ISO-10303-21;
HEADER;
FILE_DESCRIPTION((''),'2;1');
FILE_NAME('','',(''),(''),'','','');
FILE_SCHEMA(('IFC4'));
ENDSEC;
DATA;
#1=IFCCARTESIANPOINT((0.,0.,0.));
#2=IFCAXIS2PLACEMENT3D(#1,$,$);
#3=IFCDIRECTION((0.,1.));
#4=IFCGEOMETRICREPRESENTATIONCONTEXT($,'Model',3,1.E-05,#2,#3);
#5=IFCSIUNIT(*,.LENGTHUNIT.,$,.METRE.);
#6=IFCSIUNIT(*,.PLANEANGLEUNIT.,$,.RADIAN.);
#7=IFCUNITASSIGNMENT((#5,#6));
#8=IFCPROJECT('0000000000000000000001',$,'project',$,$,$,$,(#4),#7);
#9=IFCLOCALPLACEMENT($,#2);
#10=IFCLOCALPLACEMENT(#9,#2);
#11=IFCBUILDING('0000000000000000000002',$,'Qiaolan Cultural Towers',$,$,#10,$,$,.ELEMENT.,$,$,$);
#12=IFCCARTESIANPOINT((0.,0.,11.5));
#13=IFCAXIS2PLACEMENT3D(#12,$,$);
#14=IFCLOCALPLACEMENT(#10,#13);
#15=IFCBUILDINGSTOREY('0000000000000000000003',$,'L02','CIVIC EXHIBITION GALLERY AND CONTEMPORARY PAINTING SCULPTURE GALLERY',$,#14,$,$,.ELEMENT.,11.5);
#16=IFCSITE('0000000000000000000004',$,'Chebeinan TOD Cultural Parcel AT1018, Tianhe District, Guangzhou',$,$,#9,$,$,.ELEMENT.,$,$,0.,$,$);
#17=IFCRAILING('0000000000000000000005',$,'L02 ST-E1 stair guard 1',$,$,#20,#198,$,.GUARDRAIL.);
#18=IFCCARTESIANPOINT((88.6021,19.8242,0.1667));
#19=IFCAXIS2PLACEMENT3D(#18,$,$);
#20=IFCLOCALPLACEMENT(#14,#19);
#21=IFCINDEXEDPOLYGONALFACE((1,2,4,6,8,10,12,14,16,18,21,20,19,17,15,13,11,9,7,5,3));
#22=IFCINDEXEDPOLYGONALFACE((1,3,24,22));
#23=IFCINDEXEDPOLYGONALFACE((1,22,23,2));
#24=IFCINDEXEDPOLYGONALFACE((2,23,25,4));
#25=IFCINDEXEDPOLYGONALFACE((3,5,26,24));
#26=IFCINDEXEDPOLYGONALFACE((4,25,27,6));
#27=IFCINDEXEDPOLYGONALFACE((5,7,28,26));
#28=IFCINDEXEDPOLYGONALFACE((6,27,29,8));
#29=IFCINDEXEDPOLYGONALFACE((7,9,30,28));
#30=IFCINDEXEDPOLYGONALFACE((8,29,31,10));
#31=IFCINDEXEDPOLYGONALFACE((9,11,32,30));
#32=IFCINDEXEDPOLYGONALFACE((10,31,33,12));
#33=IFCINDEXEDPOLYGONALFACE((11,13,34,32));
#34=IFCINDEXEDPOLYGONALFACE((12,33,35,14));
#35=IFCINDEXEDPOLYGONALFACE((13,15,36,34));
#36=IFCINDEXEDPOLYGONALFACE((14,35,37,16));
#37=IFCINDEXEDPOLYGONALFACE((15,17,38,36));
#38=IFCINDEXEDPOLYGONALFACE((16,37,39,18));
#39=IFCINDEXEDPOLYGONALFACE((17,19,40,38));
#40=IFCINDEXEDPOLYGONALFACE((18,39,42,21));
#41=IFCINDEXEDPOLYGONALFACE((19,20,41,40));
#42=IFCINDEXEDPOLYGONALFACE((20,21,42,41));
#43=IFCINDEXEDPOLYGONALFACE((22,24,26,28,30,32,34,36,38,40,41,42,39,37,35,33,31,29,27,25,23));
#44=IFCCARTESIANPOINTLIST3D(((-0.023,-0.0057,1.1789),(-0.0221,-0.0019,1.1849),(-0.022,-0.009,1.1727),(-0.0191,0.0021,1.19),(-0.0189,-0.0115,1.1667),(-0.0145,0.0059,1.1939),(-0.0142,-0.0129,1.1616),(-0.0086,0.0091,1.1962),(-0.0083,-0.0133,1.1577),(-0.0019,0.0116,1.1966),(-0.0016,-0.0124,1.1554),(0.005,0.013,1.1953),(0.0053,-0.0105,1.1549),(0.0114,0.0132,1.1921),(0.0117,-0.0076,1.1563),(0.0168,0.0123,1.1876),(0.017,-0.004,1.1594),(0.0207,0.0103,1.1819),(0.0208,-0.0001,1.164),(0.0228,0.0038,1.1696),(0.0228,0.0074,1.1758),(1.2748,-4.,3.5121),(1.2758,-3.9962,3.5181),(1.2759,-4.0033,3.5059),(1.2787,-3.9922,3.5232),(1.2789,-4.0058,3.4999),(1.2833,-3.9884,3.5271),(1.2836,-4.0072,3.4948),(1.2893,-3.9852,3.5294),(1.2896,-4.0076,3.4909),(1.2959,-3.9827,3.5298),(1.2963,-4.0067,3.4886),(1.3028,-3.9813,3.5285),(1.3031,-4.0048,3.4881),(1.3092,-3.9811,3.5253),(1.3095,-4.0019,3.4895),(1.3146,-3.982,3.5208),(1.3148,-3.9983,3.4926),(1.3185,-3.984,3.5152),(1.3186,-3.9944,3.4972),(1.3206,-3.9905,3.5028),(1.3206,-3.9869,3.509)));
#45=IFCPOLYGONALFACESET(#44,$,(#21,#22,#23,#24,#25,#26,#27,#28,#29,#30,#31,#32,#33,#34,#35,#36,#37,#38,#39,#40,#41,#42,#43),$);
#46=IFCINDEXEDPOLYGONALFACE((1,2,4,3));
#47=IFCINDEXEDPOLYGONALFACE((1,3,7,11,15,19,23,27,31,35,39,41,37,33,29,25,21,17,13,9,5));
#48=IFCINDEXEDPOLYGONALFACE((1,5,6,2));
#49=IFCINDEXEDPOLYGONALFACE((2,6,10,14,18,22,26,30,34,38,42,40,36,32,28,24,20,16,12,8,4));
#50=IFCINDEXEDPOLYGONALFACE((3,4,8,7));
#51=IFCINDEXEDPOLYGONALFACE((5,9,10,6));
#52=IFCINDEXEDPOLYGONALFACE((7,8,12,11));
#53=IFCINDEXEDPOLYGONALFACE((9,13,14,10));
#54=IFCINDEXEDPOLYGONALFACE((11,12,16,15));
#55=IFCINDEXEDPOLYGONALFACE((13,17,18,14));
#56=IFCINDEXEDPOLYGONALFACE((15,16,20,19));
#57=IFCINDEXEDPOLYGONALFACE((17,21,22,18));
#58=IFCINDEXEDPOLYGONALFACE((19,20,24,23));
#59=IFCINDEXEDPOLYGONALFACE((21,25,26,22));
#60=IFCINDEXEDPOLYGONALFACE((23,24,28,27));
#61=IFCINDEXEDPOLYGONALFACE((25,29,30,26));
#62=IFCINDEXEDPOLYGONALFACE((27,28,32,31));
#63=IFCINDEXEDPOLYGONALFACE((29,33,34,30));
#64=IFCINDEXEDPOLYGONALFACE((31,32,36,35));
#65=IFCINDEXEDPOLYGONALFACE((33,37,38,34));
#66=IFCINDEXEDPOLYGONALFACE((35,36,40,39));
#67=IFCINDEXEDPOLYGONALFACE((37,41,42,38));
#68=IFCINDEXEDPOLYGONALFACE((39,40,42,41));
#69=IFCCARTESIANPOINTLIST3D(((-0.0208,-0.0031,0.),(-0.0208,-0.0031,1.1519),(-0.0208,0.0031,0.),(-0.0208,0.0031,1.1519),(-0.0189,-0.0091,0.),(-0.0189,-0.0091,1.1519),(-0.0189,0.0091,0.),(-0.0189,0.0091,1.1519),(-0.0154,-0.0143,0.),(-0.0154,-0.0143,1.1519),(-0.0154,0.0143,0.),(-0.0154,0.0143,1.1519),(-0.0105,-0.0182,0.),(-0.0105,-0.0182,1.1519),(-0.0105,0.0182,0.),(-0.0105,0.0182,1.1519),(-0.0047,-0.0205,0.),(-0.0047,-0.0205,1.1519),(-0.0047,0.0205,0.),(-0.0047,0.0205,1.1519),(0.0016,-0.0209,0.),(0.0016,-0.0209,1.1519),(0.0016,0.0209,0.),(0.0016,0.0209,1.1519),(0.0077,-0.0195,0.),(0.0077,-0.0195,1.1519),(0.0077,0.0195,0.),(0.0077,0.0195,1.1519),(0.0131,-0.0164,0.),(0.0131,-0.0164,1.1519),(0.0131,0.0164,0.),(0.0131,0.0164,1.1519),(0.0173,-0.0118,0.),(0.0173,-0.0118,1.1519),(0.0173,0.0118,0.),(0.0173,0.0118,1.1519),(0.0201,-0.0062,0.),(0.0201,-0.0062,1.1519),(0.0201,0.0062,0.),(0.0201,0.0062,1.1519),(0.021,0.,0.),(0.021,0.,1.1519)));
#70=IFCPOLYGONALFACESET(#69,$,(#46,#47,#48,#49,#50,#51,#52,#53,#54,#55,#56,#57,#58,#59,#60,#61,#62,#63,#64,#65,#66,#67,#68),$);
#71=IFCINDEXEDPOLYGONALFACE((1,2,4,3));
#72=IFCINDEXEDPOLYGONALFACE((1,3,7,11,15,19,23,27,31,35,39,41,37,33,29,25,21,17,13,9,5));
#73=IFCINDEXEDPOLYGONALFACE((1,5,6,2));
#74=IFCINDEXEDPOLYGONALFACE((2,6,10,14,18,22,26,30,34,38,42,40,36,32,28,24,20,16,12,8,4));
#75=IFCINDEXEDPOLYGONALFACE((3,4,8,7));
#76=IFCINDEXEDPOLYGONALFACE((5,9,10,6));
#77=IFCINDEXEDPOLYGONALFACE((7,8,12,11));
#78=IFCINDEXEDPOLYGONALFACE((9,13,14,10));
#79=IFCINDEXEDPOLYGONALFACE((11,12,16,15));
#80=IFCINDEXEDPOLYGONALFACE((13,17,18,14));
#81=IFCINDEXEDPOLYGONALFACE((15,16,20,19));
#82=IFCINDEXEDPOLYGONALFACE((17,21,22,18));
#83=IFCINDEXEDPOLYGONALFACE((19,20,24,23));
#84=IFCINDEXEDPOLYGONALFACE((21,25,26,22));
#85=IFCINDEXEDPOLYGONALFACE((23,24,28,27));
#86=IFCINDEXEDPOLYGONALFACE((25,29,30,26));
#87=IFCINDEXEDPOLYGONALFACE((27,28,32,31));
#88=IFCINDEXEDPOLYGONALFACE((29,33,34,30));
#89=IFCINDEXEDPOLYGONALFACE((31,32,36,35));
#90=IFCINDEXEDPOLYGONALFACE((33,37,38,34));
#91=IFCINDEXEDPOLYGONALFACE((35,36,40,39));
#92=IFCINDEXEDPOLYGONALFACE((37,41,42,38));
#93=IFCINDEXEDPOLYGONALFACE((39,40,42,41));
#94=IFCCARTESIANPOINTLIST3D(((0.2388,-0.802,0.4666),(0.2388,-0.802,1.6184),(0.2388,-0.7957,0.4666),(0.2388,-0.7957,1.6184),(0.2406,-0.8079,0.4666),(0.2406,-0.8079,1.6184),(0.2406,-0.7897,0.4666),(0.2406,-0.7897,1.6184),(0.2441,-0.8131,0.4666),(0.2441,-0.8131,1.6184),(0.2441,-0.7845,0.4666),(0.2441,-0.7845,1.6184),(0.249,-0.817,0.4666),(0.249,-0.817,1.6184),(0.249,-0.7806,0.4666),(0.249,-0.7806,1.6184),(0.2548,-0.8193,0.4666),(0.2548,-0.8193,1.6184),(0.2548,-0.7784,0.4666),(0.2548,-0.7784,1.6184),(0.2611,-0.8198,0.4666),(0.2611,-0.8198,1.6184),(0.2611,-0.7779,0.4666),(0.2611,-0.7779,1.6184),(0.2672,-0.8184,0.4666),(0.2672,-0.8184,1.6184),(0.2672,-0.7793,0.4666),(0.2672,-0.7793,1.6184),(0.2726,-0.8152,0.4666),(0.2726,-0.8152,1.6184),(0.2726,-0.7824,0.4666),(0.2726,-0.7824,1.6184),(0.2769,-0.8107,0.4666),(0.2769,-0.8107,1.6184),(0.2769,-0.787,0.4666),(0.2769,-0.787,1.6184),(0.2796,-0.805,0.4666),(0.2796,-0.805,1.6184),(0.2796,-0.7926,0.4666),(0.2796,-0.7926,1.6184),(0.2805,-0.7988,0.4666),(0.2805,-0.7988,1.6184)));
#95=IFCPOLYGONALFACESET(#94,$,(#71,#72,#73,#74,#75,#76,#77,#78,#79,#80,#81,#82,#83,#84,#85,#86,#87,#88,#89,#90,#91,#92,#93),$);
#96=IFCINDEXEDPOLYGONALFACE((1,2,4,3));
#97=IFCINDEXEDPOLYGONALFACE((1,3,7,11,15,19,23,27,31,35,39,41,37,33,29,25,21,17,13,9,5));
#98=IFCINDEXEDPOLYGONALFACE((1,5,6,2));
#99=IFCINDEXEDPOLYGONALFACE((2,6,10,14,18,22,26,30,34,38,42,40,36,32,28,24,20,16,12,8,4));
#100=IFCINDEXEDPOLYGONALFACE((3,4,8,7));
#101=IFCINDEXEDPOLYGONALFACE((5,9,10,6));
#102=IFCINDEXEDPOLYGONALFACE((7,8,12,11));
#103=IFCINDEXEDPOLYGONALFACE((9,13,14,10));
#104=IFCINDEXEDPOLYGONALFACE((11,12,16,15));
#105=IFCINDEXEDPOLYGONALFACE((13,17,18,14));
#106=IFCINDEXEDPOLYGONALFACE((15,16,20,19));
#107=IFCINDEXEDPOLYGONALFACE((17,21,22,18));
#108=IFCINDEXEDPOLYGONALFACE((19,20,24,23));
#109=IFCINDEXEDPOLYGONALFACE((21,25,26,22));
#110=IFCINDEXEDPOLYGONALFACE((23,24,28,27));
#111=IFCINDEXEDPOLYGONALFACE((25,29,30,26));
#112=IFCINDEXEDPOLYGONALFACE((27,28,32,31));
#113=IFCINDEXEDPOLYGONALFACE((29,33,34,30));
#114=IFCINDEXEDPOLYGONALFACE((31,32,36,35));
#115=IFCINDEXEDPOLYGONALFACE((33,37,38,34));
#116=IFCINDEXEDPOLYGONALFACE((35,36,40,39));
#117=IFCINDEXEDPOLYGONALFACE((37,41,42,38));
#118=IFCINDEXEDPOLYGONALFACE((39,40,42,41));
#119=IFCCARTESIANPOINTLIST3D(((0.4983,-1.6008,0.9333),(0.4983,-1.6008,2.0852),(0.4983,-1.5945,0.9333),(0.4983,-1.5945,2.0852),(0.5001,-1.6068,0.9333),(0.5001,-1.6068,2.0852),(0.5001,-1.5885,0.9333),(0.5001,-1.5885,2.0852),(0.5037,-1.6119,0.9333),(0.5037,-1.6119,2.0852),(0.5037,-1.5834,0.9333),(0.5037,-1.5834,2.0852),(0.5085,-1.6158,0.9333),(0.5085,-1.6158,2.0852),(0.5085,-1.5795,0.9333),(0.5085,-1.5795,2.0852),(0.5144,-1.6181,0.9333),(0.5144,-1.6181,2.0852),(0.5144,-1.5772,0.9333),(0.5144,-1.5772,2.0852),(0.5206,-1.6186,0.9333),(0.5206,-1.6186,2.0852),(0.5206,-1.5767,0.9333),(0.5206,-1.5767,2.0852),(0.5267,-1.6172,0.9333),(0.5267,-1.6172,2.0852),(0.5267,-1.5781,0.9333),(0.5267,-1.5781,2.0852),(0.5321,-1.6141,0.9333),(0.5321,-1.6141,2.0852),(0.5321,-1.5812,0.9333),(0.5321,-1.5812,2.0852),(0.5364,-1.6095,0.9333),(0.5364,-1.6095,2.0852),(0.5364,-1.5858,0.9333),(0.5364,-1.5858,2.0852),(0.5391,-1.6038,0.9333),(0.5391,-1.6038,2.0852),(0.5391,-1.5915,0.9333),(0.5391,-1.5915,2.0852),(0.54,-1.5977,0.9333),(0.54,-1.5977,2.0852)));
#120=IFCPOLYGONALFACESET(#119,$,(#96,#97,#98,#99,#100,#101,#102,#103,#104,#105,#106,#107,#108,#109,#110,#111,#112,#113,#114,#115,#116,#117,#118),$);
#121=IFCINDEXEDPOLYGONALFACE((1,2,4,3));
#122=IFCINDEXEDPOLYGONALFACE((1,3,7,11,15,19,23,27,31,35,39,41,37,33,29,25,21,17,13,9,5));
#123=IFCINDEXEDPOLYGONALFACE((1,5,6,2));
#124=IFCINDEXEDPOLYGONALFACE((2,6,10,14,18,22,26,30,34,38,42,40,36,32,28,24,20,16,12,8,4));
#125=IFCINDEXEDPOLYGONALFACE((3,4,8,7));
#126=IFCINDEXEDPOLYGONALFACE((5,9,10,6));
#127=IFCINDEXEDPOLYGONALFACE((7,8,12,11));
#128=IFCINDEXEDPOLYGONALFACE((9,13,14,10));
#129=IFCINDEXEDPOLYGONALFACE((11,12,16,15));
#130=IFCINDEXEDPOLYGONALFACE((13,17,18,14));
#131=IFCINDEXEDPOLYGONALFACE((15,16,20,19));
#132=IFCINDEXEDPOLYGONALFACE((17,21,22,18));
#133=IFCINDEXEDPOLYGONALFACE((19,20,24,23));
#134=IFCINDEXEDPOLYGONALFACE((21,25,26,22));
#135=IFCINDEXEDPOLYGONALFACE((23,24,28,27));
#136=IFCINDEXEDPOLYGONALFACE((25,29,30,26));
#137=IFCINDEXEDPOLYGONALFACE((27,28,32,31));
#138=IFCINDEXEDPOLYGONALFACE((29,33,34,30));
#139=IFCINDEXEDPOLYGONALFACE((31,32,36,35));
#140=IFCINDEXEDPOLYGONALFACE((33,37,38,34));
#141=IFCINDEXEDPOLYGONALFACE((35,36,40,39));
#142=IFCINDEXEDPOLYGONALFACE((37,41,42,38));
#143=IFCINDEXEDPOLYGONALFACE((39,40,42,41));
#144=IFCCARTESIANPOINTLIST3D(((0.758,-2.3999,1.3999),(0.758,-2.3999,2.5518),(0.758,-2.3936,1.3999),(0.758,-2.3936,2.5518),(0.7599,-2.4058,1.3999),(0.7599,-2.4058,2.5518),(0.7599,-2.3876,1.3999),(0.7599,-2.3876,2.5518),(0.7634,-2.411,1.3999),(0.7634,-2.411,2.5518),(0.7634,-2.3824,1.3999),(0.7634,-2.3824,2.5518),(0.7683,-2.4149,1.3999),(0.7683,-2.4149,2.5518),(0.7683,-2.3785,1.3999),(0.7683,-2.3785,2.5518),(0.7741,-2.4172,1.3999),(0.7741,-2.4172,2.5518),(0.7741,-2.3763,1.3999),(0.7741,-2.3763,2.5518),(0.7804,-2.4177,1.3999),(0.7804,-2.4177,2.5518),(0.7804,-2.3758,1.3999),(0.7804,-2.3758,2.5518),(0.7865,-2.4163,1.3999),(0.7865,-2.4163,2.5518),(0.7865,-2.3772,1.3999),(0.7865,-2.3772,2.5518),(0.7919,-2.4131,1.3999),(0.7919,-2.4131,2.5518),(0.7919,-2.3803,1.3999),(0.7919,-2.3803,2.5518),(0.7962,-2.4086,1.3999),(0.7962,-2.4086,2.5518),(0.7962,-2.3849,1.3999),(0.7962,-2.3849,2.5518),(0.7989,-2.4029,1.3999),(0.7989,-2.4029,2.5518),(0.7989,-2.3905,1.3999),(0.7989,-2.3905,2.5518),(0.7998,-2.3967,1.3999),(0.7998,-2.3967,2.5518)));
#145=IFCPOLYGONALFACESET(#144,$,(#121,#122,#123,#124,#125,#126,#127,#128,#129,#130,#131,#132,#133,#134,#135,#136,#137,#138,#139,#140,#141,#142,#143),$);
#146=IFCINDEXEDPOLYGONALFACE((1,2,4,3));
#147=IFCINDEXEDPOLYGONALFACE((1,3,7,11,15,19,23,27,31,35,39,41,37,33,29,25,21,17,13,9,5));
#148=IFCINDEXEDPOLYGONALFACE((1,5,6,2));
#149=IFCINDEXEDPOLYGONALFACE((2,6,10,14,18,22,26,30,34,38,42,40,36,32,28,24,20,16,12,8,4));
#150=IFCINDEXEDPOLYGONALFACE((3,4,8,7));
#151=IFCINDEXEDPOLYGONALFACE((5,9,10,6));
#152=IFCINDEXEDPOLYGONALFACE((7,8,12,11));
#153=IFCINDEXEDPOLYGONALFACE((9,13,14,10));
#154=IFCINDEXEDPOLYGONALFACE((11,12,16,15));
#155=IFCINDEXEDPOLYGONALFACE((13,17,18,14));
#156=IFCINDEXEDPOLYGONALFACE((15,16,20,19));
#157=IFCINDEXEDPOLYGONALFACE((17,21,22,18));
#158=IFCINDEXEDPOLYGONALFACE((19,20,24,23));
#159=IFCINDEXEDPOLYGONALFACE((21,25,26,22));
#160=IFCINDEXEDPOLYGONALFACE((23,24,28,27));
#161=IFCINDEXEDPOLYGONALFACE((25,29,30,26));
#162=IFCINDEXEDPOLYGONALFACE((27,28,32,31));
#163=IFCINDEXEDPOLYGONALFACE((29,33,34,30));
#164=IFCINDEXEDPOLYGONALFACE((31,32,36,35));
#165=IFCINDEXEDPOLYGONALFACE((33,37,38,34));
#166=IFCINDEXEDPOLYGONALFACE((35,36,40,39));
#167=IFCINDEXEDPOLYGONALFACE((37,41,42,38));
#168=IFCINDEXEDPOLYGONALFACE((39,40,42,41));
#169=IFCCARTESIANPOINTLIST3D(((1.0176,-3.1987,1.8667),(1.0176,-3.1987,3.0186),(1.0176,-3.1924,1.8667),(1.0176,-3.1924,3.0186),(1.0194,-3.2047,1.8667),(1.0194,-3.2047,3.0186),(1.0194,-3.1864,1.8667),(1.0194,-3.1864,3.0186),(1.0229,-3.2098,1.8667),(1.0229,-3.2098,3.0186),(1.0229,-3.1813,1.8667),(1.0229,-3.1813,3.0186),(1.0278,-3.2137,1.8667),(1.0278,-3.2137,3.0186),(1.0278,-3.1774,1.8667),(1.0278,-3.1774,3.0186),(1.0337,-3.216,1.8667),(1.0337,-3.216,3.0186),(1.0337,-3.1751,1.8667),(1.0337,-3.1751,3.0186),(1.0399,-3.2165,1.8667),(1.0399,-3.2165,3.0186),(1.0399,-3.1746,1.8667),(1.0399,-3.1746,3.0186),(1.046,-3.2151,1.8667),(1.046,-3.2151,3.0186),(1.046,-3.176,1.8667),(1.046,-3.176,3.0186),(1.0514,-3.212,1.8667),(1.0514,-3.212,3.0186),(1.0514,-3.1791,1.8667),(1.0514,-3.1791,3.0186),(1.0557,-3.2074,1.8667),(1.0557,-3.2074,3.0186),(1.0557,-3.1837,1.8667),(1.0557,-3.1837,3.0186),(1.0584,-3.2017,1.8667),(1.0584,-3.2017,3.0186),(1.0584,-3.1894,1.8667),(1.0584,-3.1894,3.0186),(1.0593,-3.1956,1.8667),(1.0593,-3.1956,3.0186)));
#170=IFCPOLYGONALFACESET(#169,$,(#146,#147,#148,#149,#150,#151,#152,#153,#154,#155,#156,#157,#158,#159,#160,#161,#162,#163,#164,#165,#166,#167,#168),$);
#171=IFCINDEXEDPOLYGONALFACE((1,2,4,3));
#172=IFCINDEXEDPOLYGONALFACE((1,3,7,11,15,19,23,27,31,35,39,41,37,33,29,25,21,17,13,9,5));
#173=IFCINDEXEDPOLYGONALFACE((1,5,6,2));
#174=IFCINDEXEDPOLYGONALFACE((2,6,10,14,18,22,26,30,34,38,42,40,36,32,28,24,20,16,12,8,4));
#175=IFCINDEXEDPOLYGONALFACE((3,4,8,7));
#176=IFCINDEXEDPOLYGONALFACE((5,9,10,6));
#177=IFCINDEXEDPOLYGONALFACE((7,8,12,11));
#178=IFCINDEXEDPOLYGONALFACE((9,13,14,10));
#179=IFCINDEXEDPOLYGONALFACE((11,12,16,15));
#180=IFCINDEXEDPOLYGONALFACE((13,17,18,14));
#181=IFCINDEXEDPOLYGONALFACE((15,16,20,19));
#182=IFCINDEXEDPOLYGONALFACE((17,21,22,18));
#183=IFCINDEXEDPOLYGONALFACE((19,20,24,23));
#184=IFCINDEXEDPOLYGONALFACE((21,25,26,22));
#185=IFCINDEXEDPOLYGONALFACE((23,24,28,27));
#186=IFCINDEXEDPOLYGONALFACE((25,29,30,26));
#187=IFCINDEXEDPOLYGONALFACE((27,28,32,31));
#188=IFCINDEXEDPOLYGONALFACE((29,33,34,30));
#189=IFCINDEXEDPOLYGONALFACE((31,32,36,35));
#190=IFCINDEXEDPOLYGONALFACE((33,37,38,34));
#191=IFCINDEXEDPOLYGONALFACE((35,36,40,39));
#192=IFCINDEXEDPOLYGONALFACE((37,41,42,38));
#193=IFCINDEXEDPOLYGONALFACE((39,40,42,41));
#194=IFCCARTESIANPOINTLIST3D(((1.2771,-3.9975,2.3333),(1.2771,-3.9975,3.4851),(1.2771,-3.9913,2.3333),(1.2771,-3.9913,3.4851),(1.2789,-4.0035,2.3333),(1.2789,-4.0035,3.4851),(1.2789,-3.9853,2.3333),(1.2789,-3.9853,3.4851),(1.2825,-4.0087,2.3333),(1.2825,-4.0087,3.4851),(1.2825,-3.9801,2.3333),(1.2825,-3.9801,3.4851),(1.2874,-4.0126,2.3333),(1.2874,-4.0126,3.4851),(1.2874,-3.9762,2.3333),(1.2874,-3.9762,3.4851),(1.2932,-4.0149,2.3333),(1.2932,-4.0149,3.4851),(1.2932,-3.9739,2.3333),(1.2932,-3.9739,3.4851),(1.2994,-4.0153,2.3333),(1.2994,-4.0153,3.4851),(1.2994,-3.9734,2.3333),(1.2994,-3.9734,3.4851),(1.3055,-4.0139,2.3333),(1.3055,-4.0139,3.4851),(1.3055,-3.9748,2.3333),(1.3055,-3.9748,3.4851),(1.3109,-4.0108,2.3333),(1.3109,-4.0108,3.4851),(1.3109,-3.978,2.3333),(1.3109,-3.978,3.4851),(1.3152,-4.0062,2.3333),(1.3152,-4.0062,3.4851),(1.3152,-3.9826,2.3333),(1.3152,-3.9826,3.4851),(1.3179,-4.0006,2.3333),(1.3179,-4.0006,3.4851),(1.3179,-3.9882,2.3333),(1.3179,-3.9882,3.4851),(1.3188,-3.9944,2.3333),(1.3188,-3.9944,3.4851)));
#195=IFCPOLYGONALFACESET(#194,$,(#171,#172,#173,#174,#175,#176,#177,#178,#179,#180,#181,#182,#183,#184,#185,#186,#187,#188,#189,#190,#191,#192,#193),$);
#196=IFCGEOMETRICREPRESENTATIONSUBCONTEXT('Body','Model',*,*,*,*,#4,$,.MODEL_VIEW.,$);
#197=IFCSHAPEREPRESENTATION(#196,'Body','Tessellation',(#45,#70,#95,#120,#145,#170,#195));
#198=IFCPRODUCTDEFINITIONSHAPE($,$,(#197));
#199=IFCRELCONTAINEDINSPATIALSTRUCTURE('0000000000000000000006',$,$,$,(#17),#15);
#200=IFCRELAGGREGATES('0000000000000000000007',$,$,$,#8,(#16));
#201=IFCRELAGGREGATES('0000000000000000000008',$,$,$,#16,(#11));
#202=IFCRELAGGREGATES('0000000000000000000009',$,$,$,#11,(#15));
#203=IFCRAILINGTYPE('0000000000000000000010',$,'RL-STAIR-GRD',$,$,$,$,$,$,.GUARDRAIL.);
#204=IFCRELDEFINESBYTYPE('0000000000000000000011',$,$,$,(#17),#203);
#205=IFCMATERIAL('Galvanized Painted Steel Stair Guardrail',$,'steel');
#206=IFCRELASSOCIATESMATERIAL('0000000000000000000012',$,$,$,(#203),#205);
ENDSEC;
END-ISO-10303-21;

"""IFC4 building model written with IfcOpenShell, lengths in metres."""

from ifc_helpers import new_model, si_unit, direction, frame, origin, origin_2d, place, context, subcontext, project, spatial, circle, extrude, material, type_object, element, save


model = new_model("IFC4")

# Units and contexts
model_context = context("Model", 3, precision=1e-05, world=origin(), true_north=direction((0.0, 1.0)))
body_context = subcontext(model_context, "Body", "Model", "MODEL_VIEW")
ifc_project = project(units=[si_unit("LENGTHUNIT", "METRE"), si_unit("PLANEANGLEUNIT", "RADIAN")], contexts=[model_context])

# Site, building, storey
site_placement = place(None, origin())
site = spatial("IfcSite", under=ifc_project, at=site_placement, Name="Chebeinan TOD Cultural Parcel AT1018, Tianhe District, Guangzhou", CompositionType="ELEMENT", RefElevation=0.0)
building_placement = place(site_placement, origin())
building = spatial("IfcBuilding", under=site, at=building_placement, Name="Qiaolan Cultural Towers", CompositionType="ELEMENT")
storey_placement = place(building_placement, frame((0.0, 0.0, 11.5)))
storey = spatial("IfcBuildingStorey", under=building, at=storey_placement, Name="L02", Description="CIVIC EXHIBITION GALLERY AND CONTEMPORARY PAINTING SCULPTURE GALLERY", CompositionType="ELEMENT", Elevation=11.5)

# Railing
ifc_material_1 = material(Name="Galvanized Painted Steel Stair Guardrail", Category="steel")
railing_type_1 = type_object("IfcRailingType", Name="RL-STAIR-GRD", PredefinedType="GUARDRAIL", material=ifc_material_1)
railing_1_placement = place(storey_placement, frame((88.6021, 19.8242, 0.1667)))
element("IfcRailing", 1, at=railing_1_placement, inside=storey, type_object=railing_type_1, Name="L02 ST-E1 stair guard 1", PredefinedType="GUARDRAIL", context=body_context, shape_type="SweptSolid", body=[
    extrude(circle(Radius=0.0239, at=origin_2d()), frame((0.0, 0.0, 1.1758), z_axis=(0.27013, -0.831377, 0.485635), x_axis=(0.951057, 0.309016, 0.0)), (0.0, 0.0, 1.0), 4.8044),
    extrude(circle(Radius=0.021, at=origin_2d()), origin(), (0.0, 0.0, 1.0), 1.1519),
    extrude(circle(Radius=0.021, at=origin_2d()), frame((0.2595, -0.7988, 0.4666)), (0.0, 0.0, 1.0), 1.1519),
    extrude(circle(Radius=0.021, at=origin_2d()), frame((0.519, -1.5977, 0.9333)), (0.0, 0.0, 1.0), 1.1519),
    extrude(circle(Radius=0.021, at=origin_2d()), frame((0.7788, -2.3967, 1.3999)), (0.0, 0.0, 1.0), 1.1519),
    extrude(circle(Radius=0.021, at=origin_2d()), frame((1.0383, -3.1956, 1.8667)), (0.0, 0.0, 1.0), 1.1519),
    extrude(circle(Radius=0.021, at=origin_2d()), frame((1.2979, -3.9944, 2.3333)), (0.0, 0.0, 1.0), 1.1519),
])

save(model, "model.ifc")
